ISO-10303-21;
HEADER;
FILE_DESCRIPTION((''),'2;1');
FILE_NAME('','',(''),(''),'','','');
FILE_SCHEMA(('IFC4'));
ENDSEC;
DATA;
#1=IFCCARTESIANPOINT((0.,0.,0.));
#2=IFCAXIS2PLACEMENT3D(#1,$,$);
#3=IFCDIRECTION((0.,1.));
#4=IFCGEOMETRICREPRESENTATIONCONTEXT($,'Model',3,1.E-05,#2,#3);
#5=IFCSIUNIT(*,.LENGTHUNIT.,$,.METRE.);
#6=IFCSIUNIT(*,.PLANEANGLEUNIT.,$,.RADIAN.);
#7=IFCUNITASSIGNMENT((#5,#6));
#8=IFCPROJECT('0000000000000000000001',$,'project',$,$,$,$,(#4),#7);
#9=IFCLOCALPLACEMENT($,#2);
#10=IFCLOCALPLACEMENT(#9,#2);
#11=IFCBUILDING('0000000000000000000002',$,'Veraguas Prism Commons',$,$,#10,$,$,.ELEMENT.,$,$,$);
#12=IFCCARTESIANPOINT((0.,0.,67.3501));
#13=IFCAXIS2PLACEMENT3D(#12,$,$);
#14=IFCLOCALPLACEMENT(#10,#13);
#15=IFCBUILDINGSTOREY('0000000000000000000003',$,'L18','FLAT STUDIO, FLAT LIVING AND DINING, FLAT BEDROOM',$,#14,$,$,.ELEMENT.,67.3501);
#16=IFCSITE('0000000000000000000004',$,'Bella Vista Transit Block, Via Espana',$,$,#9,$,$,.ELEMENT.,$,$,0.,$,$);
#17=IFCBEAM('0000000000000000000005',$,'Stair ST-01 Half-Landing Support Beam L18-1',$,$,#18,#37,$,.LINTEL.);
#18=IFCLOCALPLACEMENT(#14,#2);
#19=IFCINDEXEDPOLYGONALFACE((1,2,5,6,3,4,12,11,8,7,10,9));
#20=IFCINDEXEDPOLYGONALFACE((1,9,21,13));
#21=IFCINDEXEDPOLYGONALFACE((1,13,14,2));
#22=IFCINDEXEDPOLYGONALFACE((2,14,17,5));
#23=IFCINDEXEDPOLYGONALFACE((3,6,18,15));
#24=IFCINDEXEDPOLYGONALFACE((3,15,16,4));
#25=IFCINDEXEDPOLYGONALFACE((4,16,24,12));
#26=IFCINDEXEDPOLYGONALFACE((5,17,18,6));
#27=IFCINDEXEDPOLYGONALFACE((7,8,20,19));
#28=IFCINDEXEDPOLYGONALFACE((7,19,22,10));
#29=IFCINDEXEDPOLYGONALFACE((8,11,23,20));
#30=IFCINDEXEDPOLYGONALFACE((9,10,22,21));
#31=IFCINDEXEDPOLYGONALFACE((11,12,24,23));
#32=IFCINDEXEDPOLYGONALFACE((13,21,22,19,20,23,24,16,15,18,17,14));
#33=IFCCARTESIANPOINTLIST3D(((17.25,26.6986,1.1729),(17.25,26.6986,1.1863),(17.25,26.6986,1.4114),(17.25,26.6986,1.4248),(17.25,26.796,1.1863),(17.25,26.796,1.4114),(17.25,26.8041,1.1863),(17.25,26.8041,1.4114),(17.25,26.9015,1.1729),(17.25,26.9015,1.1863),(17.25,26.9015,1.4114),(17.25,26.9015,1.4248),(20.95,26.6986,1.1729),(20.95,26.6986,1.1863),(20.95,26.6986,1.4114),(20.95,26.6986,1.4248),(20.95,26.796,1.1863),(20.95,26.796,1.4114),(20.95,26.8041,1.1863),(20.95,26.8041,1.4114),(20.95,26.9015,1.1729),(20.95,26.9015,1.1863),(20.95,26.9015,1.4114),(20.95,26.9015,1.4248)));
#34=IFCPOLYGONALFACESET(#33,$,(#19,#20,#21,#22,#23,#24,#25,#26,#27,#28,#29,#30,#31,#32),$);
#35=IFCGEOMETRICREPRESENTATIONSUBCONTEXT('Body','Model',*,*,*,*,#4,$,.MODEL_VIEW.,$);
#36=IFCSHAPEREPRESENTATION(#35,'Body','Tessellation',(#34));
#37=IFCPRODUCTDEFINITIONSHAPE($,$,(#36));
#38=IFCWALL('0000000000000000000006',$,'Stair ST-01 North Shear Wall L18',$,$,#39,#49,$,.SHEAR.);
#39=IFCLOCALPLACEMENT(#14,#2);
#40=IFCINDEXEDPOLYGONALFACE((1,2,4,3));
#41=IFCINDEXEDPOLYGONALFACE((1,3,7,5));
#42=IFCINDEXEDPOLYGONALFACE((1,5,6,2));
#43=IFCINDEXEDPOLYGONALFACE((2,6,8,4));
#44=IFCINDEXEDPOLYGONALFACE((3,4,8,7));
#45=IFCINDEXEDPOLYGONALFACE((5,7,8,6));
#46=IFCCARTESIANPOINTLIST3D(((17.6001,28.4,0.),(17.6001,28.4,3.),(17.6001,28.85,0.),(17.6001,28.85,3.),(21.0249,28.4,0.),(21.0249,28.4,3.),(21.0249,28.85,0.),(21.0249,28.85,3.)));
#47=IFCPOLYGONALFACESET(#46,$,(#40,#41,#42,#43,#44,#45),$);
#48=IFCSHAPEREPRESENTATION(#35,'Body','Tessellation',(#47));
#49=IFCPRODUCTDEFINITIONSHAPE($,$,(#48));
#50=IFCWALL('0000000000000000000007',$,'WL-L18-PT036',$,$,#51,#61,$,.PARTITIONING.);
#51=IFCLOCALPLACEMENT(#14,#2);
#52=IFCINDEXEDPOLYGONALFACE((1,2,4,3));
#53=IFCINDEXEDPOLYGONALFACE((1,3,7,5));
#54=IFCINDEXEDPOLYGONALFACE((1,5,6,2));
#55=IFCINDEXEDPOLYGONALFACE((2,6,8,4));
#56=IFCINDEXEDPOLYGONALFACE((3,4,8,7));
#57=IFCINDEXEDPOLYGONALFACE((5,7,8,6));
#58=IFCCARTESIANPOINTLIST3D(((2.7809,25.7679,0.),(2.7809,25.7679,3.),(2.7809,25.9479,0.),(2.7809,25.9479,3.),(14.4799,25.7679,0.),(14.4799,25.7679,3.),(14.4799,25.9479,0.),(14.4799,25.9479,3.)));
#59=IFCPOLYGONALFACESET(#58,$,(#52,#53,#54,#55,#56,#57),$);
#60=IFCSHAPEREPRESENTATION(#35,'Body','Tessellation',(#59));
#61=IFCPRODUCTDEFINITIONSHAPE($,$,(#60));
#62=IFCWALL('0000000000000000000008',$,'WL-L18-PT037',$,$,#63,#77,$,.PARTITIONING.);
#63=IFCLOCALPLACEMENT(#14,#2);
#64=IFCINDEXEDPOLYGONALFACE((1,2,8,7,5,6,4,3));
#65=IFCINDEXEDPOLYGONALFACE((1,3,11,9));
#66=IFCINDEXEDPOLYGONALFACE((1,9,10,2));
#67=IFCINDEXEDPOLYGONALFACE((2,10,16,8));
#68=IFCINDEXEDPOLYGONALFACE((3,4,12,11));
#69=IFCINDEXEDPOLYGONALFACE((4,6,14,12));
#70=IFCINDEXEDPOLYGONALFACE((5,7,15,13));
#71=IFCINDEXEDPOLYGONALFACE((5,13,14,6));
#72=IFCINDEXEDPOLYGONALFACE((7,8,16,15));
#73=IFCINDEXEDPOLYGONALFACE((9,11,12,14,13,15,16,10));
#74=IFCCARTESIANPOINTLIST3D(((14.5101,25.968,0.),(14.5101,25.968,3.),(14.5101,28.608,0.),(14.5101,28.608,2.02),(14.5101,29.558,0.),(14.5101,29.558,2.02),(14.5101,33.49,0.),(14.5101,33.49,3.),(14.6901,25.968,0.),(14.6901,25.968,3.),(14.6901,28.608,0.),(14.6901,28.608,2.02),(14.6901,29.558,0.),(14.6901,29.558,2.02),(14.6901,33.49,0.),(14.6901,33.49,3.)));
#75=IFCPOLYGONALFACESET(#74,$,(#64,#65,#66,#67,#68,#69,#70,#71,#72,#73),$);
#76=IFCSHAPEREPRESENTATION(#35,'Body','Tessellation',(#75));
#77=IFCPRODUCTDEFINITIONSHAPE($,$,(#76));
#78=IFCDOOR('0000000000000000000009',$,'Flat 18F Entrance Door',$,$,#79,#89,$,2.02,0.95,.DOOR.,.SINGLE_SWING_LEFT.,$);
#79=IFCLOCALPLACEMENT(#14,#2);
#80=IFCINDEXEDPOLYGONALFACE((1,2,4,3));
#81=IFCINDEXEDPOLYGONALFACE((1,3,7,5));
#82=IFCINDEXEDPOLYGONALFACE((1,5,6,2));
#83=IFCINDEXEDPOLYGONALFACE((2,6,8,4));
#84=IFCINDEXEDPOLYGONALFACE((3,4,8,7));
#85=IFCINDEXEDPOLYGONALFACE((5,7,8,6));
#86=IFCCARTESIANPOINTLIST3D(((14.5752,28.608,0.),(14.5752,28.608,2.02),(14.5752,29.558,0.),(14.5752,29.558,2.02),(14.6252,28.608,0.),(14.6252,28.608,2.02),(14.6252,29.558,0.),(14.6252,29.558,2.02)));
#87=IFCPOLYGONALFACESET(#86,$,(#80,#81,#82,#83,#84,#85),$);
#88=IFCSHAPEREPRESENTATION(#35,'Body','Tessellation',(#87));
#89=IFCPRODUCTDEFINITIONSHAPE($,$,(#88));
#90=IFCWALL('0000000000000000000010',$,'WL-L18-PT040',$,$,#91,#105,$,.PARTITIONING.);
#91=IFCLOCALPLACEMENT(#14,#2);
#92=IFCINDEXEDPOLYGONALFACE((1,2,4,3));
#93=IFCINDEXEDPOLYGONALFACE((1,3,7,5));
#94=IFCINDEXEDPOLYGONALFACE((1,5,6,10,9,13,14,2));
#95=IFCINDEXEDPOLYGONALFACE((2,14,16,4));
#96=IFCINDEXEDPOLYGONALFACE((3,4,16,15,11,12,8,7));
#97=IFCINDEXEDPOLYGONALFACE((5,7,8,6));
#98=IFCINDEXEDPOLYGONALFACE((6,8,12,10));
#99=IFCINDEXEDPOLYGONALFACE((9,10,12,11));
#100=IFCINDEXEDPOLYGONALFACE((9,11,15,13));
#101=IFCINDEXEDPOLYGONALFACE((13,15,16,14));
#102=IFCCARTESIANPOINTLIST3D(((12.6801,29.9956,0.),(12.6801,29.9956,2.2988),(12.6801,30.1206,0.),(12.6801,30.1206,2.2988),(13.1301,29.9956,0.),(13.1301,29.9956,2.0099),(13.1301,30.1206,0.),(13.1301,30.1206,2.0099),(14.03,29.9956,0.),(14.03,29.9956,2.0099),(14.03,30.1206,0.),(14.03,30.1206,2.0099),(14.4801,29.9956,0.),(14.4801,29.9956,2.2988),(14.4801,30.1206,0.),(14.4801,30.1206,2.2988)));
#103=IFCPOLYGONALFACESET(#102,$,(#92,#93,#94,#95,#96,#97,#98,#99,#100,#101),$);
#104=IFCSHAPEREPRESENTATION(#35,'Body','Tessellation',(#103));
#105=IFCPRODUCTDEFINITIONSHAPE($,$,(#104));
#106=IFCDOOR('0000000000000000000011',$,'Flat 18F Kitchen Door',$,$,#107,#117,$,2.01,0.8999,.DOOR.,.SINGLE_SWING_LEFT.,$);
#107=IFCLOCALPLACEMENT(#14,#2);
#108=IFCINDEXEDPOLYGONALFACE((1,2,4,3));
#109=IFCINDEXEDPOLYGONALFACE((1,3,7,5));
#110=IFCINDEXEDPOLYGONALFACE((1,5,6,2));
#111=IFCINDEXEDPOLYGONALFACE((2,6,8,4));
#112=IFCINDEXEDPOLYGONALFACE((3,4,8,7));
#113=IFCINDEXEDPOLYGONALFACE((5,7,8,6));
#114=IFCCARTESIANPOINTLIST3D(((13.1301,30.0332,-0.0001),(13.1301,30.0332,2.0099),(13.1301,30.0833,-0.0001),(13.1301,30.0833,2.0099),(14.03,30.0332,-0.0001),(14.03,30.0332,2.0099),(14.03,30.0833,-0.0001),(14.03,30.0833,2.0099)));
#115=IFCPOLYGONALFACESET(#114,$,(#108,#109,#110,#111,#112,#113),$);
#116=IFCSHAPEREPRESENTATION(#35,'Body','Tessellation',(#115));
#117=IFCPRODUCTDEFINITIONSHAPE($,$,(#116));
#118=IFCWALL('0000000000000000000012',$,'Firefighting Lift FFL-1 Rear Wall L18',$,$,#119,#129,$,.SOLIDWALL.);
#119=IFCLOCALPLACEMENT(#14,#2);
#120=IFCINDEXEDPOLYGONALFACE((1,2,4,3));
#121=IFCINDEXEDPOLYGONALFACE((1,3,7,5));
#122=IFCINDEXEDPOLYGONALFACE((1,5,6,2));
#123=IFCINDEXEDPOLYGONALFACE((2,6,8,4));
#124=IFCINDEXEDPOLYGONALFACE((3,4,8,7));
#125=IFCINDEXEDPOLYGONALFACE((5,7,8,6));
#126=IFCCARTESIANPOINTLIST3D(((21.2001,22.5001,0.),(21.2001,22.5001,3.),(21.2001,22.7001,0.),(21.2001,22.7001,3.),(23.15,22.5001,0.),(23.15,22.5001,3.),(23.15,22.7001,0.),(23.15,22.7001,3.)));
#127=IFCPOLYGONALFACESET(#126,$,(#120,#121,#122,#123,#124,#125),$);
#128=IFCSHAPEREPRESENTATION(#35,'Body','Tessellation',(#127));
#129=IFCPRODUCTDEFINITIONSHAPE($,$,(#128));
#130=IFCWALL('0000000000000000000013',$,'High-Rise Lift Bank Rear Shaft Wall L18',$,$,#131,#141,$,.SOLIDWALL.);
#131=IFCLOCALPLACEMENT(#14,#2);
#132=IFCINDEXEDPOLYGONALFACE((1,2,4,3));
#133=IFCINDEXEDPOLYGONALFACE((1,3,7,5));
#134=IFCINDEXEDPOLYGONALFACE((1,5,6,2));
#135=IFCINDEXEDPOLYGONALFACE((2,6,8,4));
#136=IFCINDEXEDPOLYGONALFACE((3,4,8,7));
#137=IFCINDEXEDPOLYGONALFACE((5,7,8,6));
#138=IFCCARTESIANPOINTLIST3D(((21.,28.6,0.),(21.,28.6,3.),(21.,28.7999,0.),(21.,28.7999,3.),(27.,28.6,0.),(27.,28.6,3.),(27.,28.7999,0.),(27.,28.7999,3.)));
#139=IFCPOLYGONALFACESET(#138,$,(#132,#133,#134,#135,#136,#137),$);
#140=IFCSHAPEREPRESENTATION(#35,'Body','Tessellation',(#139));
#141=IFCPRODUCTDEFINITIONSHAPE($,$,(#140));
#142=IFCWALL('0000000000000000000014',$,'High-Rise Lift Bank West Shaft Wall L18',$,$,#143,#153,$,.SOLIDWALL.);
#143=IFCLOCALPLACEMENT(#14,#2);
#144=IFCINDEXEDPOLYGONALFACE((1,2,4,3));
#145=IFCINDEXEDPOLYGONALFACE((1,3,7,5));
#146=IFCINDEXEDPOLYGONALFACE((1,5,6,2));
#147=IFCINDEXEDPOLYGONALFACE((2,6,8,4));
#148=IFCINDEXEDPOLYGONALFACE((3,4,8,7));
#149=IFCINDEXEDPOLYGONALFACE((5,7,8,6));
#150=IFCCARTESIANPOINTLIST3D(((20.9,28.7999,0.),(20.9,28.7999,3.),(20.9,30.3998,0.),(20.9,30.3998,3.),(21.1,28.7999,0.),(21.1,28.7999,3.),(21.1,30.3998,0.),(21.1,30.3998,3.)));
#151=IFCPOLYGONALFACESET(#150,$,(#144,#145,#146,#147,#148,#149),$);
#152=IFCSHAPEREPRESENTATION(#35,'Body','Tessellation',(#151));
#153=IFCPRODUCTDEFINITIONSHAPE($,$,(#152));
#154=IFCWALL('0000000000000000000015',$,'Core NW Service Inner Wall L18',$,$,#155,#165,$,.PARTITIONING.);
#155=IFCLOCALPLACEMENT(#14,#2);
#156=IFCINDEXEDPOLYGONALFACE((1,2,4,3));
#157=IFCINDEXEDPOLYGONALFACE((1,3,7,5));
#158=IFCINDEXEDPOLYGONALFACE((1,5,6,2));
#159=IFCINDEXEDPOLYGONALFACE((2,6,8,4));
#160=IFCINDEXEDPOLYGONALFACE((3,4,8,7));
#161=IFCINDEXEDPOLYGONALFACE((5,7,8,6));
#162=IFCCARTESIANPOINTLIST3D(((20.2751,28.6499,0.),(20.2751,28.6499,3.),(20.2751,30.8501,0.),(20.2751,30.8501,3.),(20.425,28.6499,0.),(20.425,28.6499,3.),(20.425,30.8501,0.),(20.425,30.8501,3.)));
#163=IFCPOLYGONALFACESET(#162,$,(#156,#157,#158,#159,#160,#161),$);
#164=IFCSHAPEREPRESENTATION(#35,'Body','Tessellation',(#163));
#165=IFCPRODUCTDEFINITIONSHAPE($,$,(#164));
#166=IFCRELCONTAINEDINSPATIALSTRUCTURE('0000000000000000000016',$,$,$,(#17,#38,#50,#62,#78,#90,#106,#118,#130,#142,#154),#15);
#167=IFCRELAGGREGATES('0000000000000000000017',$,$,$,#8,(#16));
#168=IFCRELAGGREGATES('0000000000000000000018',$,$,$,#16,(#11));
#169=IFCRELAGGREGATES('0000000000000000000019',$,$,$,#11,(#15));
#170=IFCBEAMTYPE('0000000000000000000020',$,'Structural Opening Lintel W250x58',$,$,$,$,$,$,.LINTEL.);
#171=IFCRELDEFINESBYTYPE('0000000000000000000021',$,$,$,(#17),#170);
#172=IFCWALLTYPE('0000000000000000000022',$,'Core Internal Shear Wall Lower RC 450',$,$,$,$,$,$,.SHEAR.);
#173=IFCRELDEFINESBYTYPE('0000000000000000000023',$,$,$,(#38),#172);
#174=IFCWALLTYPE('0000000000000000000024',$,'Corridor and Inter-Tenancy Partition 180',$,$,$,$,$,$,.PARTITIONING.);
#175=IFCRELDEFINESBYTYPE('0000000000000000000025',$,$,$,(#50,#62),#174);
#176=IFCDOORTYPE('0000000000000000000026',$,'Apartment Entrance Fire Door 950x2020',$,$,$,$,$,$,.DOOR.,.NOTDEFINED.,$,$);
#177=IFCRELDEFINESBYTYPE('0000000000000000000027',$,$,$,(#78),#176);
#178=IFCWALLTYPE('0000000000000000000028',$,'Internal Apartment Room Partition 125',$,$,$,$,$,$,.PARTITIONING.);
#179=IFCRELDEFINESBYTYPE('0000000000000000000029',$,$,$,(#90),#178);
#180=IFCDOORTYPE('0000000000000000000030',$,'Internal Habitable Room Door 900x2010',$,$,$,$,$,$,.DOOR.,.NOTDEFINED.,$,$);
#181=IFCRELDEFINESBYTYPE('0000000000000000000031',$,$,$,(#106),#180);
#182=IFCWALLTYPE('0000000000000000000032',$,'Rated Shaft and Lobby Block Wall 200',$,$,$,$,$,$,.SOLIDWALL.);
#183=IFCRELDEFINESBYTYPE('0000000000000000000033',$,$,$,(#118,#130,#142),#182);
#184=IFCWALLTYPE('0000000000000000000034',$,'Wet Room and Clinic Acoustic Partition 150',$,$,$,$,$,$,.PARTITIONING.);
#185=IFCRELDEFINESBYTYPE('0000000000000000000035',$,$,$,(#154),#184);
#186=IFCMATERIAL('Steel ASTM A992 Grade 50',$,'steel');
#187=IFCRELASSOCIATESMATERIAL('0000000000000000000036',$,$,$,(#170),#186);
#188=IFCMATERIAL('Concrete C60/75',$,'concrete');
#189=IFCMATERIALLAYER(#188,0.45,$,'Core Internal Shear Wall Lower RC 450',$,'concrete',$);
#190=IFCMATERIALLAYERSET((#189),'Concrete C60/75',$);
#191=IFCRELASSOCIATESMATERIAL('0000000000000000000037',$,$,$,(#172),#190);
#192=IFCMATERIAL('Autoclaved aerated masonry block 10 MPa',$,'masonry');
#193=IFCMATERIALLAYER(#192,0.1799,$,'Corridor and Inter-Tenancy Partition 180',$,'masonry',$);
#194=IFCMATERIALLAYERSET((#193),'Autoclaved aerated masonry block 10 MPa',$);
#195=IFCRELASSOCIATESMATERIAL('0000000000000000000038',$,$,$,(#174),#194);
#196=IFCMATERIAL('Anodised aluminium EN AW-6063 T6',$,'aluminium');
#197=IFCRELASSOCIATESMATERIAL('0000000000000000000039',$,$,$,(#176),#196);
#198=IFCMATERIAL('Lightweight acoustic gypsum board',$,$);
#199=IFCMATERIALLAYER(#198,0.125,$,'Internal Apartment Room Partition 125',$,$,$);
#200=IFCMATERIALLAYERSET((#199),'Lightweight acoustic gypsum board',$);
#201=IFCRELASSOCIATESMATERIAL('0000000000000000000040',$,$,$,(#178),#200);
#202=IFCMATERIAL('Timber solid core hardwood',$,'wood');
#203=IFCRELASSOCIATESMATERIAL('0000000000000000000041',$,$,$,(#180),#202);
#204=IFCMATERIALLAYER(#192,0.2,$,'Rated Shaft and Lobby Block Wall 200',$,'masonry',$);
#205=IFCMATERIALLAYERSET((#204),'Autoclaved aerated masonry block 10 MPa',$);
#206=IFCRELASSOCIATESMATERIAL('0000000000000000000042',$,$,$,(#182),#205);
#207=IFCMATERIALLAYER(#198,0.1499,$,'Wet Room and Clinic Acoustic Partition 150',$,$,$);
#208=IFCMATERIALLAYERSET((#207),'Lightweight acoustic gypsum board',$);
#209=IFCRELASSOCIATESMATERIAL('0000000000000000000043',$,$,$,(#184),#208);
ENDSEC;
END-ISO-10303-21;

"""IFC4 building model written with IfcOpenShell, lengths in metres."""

from ifc_helpers import new_model, si_unit, direction, frame, frame_2d, origin, origin_2d, place, context, subcontext, project, spatial, rectangle, i_section, extrude, source, transform, mapped, material, layer, layer_set, material_profile, profile_set, type_object, element, fill, save


model = new_model("IFC4")

# Units and contexts
model_context = context("Model", 3, precision=1e-05, world=origin(), true_north=direction((0.0, 1.0)))
body_context = subcontext(model_context, "Body", "Model", "MODEL_VIEW")
ifc_project = project(units=[si_unit("LENGTHUNIT", "METRE"), si_unit("PLANEANGLEUNIT", "RADIAN")], contexts=[model_context])

# Site, building, storey
site_placement = place(None, origin())
site = spatial("IfcSite", under=ifc_project, at=site_placement, Name="Bella Vista Transit Block, Via Espana", CompositionType="ELEMENT", RefElevation=0.0)
building_placement = place(site_placement, origin())
building = spatial("IfcBuilding", under=site, at=building_placement, Name="Veraguas Prism Commons", CompositionType="ELEMENT")
storey_placement = place(building_placement, frame((0.0, 0.0, 67.3501)))
storey = spatial("IfcBuildingStorey", under=building, at=storey_placement, Name="L18", Description="FLAT STUDIO, FLAT LIVING AND DINING, FLAT BEDROOM", CompositionType="ELEMENT", Elevation=67.3501)

# Beam
ifc_material_1 = material(Name="Steel ASTM A992 Grade 50", Category="steel")
ifc_material_profile = material_profile(ifc_material_1, i_section(OverallWidth=0.2029, OverallDepth=0.252, WebThickness=0.0081, FlangeThickness=0.0134, at=origin_2d()), Name="W250X58")
ifc_profile_set = profile_set([ifc_material_profile], Name="Steel ASTM A992 Grade 50")
beam_type = type_object("IfcBeamType", Name="Structural Opening Lintel W250x58", PredefinedType="LINTEL", material=ifc_profile_set)
beam_placement = place(storey_placement, frame((17.25, 26.8, 1.2988), z_axis=(1.0, 0.0, 0.0), x_axis=(0.0, 1.0, 0.0)))
element("IfcBeam", 1, at=beam_placement, inside=storey, type_object=beam_type, Name="Stair ST-01 Half-Landing Support Beam L18-1", PredefinedType="LINTEL", context=body_context, shape_type="SweptSolid", body=[
    extrude(i_section(OverallWidth=0.2029, OverallDepth=0.252, WebThickness=0.0081, FlangeThickness=0.0134, at=origin_2d()), origin(), (0.0, 0.0, 1.0), 3.7),
])

# Walls
ifc_material_2 = material(Name="Concrete C60/75", Category="concrete")
ifc_layer_1 = layer(ifc_material_2, 0.45, Name="Core Internal Shear Wall Lower RC 450", Category="concrete")
ifc_layer_set_1 = layer_set([ifc_layer_1], Name="Concrete C60/75")
wall_type_1 = type_object("IfcWallType", Name="Core Internal Shear Wall Lower RC 450", PredefinedType="SHEAR", material=ifc_layer_set_1)
wall_1_placement = place(storey_placement, frame((17.6001, 28.625, 0.0), z_axis=(0.0, 0.0, 1.0), x_axis=(1.0, 0.0, 0.0)))
element("IfcWall", 2, at=wall_1_placement, inside=storey, type_object=wall_type_1, Name="Stair ST-01 North Shear Wall L18", PredefinedType="SHEAR", context=body_context, shape_type="SweptSolid", body=[
    extrude(rectangle(XDim=3.4248, YDim=0.45, at=frame_2d((1.7124, 0.0))), origin(), (0.0, 0.0, 1.0), 3.0),
])
ifc_material_3 = material(Name="Autoclaved aerated masonry block 10 MPa", Category="masonry")
ifc_layer_2 = layer(ifc_material_3, 0.1799, Name="Corridor and Inter-Tenancy Partition 180", Category="masonry")
ifc_layer_set_2 = layer_set([ifc_layer_2], Name="Autoclaved aerated masonry block 10 MPa")
wall_type_2 = type_object("IfcWallType", Name="Corridor and Inter-Tenancy Partition 180", PredefinedType="PARTITIONING", material=ifc_layer_set_2)
wall_2_placement = place(storey_placement, frame((14.48, 25.8579, 0.0), z_axis=(0.0, 0.0, 1.0), x_axis=(-1.0, 0.0, 0.0)))
element("IfcWall", 3, at=wall_2_placement, inside=storey, type_object=wall_type_2, Name="WL-L18-PT036", PredefinedType="PARTITIONING", context=body_context, shape_type="SweptSolid", body=[
    extrude(rectangle(XDim=11.699, YDim=0.1799, at=frame_2d((5.8496, 0.0))), origin(), (0.0, 0.0, 1.0), 3.0),
])

# Walls, openings, doors
wall_3_placement = place(storey_placement, frame((14.6001, 25.968, 0.0), z_axis=(0.0, 0.0, 1.0), x_axis=(0.0, 1.0, 0.0)))
wall_3 = element("IfcWall", 4, at=wall_3_placement, inside=storey, type_object=wall_type_2, Name="WL-L18-PT037", PredefinedType="PARTITIONING", context=body_context, shape_type="SweptSolid", body=[
    extrude(rectangle(XDim=7.522, YDim=0.1799, at=frame_2d((3.761, 0.0))), origin(), (0.0, 0.0, 1.0), 3.0),
])
opening_1_placement = place(wall_3_placement, frame((2.6399, 0.0, 0.0)))
opening_1 = element("IfcOpeningElement", 5, at=opening_1_placement, cuts=wall_3, PredefinedType="OPENING", context=body_context, shape_type="SweptSolid", body=[
    extrude(rectangle(XDim=0.95, YDim=2.02, at=frame_2d((0.4751, 1.01))), frame((0.0, 0.0999, 0.0), z_axis=(0.0, -1.0, 0.0), x_axis=(1.0, 0.0, 0.0)), (0.0, 0.0, 1.0), 0.2),
])
ifc_material_4 = material(Name="Anodised aluminium EN AW-6063 T6", Category="aluminium")
door_type_1 = type_object("IfcDoorType", Name="Apartment Entrance Fire Door 950x2020", OperationType="NOTDEFINED", PredefinedType="DOOR", material=ifc_material_4)
shared_shape_1 = source(origin(), body_context, "Body", "SweptSolid", [
    extrude(rectangle(XDim=0.95, YDim=2.02, at=frame_2d((0.4751, 1.01))), frame((0.0, 0.0249, 0.0), z_axis=(0.0, -1.0, 0.0), x_axis=(1.0, 0.0, 0.0)), (0.0, 0.0, 1.0), 0.05),
])
door_1_placement = place(opening_1_placement, origin())
door_1 = element("IfcDoor", 6, at=door_1_placement, inside=storey, type_object=door_type_1, Name="Flat 18F Entrance Door", OperationType="SINGLE_SWING_LEFT", OverallHeight=2.02, OverallWidth=0.95, PredefinedType="DOOR", context=body_context, shape_type="MappedRepresentation", body=[
    mapped(shared_shape_1, transform((0.0, 0.0, 0.0), scale=1.0)),
])
fill(opening_1, door_1)
ifc_material_5 = material(Name="Lightweight acoustic gypsum board")
ifc_layer_3 = layer(ifc_material_5, 0.125, Name="Internal Apartment Room Partition 125")
ifc_layer_set_3 = layer_set([ifc_layer_3], Name="Lightweight acoustic gypsum board")
wall_type_3 = type_object("IfcWallType", Name="Internal Apartment Room Partition 125", PredefinedType="PARTITIONING", material=ifc_layer_set_3)
wall_4_placement = place(storey_placement, frame((14.48, 30.0581, 0.0), z_axis=(0.0, 0.0, 1.0), x_axis=(-1.0, 0.0, 0.0)))
wall_4 = element("IfcWall", 7, at=wall_4_placement, inside=storey, type_object=wall_type_3, Name="WL-L18-PT040", PredefinedType="PARTITIONING", context=body_context, shape_type="SweptSolid", body=[
    extrude(rectangle(XDim=1.8, YDim=0.125, at=frame_2d((0.8999, 0.0))), origin(), (0.0, 0.0, 1.0), 2.2988),
])
opening_2_placement = place(wall_4_placement, frame((0.45, 0.0, 0.0)))
opening_2 = element("IfcOpeningElement", 8, at=opening_2_placement, cuts=wall_4, PredefinedType="OPENING", context=body_context, shape_type="SweptSolid", body=[
    extrude(rectangle(XDim=0.8999, YDim=2.01, at=frame_2d((0.45, 1.0049))), frame((0.0, 0.0725, 0.0), z_axis=(0.0, -1.0, 0.0), x_axis=(1.0, 0.0, 0.0)), (0.0, 0.0, 1.0), 0.145),
])
ifc_material_6 = material(Name="Timber solid core hardwood", Category="wood")
door_type_2 = type_object("IfcDoorType", Name="Internal Habitable Room Door 900x2010", OperationType="NOTDEFINED", PredefinedType="DOOR", material=ifc_material_6)
shared_shape_2 = source(origin(), body_context, "Body", "SweptSolid", [
    extrude(rectangle(XDim=0.8999, YDim=2.01, at=frame_2d((0.45, 1.0049))), frame((0.0, 0.0249, 0.0), z_axis=(0.0, -1.0, 0.0), x_axis=(1.0, 0.0, 0.0)), (0.0, 0.0, 1.0), 0.05),
])
door_2_placement = place(opening_2_placement, origin())
door_2 = element("IfcDoor", 9, at=door_2_placement, inside=storey, type_object=door_type_2, Name="Flat 18F Kitchen Door", OperationType="SINGLE_SWING_LEFT", OverallHeight=2.01, OverallWidth=0.8999, PredefinedType="DOOR", context=body_context, shape_type="MappedRepresentation", body=[
    mapped(shared_shape_2, transform((0.0, 0.0, 0.0), scale=1.0)),
])
fill(opening_2, door_2)

# Walls
ifc_layer_4 = layer(ifc_material_3, 0.2, Name="Rated Shaft and Lobby Block Wall 200", Category="masonry")
ifc_layer_set_4 = layer_set([ifc_layer_4], Name="Autoclaved aerated masonry block 10 MPa")
wall_type_4 = type_object("IfcWallType", Name="Rated Shaft and Lobby Block Wall 200", PredefinedType="SOLIDWALL", material=ifc_layer_set_4)
wall_5_placement = place(storey_placement, frame((21.2, 22.6001, 0.0), z_axis=(0.0, 0.0, 1.0), x_axis=(1.0, 0.0, 0.0)))
element("IfcWall", 10, at=wall_5_placement, inside=storey, type_object=wall_type_4, Name="Firefighting Lift FFL-1 Rear Wall L18", PredefinedType="SOLIDWALL", context=body_context, shape_type="SweptSolid", body=[
    extrude(rectangle(XDim=1.95, YDim=0.2, at=frame_2d((0.9751, 0.0))), origin(), (0.0, 0.0, 1.0), 3.0),
])
wall_6_placement = place(storey_placement, frame((21.0, 28.7, 0.0), z_axis=(0.0, 0.0, 1.0), x_axis=(1.0, 0.0, 0.0)))
element("IfcWall", 11, at=wall_6_placement, inside=storey, type_object=wall_type_4, Name="High-Rise Lift Bank Rear Shaft Wall L18", PredefinedType="SOLIDWALL", context=body_context, shape_type="SweptSolid", body=[
    extrude(rectangle(XDim=6.0, YDim=0.2, at=frame_2d((3.0, 0.0))), origin(), (0.0, 0.0, 1.0), 3.0),
])
wall_7_placement = place(storey_placement, frame((21.0, 28.8, 0.0), z_axis=(0.0, 0.0, 1.0), x_axis=(0.0, 1.0, 0.0)))
element("IfcWall", 12, at=wall_7_placement, inside=storey, type_object=wall_type_4, Name="High-Rise Lift Bank West Shaft Wall L18", PredefinedType="SOLIDWALL", context=body_context, shape_type="SweptSolid", body=[
    extrude(rectangle(XDim=1.5999, YDim=0.2, at=frame_2d((0.7998, 0.0))), origin(), (0.0, 0.0, 1.0), 3.0),
])
ifc_layer_5 = layer(ifc_material_5, 0.1499, Name="Wet Room and Clinic Acoustic Partition 150")
ifc_layer_set_5 = layer_set([ifc_layer_5], Name="Lightweight acoustic gypsum board")
wall_type_5 = type_object("IfcWallType", Name="Wet Room and Clinic Acoustic Partition 150", PredefinedType="PARTITIONING", material=ifc_layer_set_5)
wall_8_placement = place(storey_placement, frame((20.3501, 28.6499, 0.0), z_axis=(0.0, 0.0, 1.0), x_axis=(0.0, 1.0, 0.0)))
element("IfcWall", 13, at=wall_8_placement, inside=storey, type_object=wall_type_5, Name="Core NW Service Inner Wall L18", PredefinedType="PARTITIONING", context=body_context, shape_type="SweptSolid", body=[
    extrude(rectangle(XDim=2.2002, YDim=0.1499, at=frame_2d((1.1001, 0.0))), origin(), (0.0, 0.0, 1.0), 3.0),
])

save(model, "model.ifc")
